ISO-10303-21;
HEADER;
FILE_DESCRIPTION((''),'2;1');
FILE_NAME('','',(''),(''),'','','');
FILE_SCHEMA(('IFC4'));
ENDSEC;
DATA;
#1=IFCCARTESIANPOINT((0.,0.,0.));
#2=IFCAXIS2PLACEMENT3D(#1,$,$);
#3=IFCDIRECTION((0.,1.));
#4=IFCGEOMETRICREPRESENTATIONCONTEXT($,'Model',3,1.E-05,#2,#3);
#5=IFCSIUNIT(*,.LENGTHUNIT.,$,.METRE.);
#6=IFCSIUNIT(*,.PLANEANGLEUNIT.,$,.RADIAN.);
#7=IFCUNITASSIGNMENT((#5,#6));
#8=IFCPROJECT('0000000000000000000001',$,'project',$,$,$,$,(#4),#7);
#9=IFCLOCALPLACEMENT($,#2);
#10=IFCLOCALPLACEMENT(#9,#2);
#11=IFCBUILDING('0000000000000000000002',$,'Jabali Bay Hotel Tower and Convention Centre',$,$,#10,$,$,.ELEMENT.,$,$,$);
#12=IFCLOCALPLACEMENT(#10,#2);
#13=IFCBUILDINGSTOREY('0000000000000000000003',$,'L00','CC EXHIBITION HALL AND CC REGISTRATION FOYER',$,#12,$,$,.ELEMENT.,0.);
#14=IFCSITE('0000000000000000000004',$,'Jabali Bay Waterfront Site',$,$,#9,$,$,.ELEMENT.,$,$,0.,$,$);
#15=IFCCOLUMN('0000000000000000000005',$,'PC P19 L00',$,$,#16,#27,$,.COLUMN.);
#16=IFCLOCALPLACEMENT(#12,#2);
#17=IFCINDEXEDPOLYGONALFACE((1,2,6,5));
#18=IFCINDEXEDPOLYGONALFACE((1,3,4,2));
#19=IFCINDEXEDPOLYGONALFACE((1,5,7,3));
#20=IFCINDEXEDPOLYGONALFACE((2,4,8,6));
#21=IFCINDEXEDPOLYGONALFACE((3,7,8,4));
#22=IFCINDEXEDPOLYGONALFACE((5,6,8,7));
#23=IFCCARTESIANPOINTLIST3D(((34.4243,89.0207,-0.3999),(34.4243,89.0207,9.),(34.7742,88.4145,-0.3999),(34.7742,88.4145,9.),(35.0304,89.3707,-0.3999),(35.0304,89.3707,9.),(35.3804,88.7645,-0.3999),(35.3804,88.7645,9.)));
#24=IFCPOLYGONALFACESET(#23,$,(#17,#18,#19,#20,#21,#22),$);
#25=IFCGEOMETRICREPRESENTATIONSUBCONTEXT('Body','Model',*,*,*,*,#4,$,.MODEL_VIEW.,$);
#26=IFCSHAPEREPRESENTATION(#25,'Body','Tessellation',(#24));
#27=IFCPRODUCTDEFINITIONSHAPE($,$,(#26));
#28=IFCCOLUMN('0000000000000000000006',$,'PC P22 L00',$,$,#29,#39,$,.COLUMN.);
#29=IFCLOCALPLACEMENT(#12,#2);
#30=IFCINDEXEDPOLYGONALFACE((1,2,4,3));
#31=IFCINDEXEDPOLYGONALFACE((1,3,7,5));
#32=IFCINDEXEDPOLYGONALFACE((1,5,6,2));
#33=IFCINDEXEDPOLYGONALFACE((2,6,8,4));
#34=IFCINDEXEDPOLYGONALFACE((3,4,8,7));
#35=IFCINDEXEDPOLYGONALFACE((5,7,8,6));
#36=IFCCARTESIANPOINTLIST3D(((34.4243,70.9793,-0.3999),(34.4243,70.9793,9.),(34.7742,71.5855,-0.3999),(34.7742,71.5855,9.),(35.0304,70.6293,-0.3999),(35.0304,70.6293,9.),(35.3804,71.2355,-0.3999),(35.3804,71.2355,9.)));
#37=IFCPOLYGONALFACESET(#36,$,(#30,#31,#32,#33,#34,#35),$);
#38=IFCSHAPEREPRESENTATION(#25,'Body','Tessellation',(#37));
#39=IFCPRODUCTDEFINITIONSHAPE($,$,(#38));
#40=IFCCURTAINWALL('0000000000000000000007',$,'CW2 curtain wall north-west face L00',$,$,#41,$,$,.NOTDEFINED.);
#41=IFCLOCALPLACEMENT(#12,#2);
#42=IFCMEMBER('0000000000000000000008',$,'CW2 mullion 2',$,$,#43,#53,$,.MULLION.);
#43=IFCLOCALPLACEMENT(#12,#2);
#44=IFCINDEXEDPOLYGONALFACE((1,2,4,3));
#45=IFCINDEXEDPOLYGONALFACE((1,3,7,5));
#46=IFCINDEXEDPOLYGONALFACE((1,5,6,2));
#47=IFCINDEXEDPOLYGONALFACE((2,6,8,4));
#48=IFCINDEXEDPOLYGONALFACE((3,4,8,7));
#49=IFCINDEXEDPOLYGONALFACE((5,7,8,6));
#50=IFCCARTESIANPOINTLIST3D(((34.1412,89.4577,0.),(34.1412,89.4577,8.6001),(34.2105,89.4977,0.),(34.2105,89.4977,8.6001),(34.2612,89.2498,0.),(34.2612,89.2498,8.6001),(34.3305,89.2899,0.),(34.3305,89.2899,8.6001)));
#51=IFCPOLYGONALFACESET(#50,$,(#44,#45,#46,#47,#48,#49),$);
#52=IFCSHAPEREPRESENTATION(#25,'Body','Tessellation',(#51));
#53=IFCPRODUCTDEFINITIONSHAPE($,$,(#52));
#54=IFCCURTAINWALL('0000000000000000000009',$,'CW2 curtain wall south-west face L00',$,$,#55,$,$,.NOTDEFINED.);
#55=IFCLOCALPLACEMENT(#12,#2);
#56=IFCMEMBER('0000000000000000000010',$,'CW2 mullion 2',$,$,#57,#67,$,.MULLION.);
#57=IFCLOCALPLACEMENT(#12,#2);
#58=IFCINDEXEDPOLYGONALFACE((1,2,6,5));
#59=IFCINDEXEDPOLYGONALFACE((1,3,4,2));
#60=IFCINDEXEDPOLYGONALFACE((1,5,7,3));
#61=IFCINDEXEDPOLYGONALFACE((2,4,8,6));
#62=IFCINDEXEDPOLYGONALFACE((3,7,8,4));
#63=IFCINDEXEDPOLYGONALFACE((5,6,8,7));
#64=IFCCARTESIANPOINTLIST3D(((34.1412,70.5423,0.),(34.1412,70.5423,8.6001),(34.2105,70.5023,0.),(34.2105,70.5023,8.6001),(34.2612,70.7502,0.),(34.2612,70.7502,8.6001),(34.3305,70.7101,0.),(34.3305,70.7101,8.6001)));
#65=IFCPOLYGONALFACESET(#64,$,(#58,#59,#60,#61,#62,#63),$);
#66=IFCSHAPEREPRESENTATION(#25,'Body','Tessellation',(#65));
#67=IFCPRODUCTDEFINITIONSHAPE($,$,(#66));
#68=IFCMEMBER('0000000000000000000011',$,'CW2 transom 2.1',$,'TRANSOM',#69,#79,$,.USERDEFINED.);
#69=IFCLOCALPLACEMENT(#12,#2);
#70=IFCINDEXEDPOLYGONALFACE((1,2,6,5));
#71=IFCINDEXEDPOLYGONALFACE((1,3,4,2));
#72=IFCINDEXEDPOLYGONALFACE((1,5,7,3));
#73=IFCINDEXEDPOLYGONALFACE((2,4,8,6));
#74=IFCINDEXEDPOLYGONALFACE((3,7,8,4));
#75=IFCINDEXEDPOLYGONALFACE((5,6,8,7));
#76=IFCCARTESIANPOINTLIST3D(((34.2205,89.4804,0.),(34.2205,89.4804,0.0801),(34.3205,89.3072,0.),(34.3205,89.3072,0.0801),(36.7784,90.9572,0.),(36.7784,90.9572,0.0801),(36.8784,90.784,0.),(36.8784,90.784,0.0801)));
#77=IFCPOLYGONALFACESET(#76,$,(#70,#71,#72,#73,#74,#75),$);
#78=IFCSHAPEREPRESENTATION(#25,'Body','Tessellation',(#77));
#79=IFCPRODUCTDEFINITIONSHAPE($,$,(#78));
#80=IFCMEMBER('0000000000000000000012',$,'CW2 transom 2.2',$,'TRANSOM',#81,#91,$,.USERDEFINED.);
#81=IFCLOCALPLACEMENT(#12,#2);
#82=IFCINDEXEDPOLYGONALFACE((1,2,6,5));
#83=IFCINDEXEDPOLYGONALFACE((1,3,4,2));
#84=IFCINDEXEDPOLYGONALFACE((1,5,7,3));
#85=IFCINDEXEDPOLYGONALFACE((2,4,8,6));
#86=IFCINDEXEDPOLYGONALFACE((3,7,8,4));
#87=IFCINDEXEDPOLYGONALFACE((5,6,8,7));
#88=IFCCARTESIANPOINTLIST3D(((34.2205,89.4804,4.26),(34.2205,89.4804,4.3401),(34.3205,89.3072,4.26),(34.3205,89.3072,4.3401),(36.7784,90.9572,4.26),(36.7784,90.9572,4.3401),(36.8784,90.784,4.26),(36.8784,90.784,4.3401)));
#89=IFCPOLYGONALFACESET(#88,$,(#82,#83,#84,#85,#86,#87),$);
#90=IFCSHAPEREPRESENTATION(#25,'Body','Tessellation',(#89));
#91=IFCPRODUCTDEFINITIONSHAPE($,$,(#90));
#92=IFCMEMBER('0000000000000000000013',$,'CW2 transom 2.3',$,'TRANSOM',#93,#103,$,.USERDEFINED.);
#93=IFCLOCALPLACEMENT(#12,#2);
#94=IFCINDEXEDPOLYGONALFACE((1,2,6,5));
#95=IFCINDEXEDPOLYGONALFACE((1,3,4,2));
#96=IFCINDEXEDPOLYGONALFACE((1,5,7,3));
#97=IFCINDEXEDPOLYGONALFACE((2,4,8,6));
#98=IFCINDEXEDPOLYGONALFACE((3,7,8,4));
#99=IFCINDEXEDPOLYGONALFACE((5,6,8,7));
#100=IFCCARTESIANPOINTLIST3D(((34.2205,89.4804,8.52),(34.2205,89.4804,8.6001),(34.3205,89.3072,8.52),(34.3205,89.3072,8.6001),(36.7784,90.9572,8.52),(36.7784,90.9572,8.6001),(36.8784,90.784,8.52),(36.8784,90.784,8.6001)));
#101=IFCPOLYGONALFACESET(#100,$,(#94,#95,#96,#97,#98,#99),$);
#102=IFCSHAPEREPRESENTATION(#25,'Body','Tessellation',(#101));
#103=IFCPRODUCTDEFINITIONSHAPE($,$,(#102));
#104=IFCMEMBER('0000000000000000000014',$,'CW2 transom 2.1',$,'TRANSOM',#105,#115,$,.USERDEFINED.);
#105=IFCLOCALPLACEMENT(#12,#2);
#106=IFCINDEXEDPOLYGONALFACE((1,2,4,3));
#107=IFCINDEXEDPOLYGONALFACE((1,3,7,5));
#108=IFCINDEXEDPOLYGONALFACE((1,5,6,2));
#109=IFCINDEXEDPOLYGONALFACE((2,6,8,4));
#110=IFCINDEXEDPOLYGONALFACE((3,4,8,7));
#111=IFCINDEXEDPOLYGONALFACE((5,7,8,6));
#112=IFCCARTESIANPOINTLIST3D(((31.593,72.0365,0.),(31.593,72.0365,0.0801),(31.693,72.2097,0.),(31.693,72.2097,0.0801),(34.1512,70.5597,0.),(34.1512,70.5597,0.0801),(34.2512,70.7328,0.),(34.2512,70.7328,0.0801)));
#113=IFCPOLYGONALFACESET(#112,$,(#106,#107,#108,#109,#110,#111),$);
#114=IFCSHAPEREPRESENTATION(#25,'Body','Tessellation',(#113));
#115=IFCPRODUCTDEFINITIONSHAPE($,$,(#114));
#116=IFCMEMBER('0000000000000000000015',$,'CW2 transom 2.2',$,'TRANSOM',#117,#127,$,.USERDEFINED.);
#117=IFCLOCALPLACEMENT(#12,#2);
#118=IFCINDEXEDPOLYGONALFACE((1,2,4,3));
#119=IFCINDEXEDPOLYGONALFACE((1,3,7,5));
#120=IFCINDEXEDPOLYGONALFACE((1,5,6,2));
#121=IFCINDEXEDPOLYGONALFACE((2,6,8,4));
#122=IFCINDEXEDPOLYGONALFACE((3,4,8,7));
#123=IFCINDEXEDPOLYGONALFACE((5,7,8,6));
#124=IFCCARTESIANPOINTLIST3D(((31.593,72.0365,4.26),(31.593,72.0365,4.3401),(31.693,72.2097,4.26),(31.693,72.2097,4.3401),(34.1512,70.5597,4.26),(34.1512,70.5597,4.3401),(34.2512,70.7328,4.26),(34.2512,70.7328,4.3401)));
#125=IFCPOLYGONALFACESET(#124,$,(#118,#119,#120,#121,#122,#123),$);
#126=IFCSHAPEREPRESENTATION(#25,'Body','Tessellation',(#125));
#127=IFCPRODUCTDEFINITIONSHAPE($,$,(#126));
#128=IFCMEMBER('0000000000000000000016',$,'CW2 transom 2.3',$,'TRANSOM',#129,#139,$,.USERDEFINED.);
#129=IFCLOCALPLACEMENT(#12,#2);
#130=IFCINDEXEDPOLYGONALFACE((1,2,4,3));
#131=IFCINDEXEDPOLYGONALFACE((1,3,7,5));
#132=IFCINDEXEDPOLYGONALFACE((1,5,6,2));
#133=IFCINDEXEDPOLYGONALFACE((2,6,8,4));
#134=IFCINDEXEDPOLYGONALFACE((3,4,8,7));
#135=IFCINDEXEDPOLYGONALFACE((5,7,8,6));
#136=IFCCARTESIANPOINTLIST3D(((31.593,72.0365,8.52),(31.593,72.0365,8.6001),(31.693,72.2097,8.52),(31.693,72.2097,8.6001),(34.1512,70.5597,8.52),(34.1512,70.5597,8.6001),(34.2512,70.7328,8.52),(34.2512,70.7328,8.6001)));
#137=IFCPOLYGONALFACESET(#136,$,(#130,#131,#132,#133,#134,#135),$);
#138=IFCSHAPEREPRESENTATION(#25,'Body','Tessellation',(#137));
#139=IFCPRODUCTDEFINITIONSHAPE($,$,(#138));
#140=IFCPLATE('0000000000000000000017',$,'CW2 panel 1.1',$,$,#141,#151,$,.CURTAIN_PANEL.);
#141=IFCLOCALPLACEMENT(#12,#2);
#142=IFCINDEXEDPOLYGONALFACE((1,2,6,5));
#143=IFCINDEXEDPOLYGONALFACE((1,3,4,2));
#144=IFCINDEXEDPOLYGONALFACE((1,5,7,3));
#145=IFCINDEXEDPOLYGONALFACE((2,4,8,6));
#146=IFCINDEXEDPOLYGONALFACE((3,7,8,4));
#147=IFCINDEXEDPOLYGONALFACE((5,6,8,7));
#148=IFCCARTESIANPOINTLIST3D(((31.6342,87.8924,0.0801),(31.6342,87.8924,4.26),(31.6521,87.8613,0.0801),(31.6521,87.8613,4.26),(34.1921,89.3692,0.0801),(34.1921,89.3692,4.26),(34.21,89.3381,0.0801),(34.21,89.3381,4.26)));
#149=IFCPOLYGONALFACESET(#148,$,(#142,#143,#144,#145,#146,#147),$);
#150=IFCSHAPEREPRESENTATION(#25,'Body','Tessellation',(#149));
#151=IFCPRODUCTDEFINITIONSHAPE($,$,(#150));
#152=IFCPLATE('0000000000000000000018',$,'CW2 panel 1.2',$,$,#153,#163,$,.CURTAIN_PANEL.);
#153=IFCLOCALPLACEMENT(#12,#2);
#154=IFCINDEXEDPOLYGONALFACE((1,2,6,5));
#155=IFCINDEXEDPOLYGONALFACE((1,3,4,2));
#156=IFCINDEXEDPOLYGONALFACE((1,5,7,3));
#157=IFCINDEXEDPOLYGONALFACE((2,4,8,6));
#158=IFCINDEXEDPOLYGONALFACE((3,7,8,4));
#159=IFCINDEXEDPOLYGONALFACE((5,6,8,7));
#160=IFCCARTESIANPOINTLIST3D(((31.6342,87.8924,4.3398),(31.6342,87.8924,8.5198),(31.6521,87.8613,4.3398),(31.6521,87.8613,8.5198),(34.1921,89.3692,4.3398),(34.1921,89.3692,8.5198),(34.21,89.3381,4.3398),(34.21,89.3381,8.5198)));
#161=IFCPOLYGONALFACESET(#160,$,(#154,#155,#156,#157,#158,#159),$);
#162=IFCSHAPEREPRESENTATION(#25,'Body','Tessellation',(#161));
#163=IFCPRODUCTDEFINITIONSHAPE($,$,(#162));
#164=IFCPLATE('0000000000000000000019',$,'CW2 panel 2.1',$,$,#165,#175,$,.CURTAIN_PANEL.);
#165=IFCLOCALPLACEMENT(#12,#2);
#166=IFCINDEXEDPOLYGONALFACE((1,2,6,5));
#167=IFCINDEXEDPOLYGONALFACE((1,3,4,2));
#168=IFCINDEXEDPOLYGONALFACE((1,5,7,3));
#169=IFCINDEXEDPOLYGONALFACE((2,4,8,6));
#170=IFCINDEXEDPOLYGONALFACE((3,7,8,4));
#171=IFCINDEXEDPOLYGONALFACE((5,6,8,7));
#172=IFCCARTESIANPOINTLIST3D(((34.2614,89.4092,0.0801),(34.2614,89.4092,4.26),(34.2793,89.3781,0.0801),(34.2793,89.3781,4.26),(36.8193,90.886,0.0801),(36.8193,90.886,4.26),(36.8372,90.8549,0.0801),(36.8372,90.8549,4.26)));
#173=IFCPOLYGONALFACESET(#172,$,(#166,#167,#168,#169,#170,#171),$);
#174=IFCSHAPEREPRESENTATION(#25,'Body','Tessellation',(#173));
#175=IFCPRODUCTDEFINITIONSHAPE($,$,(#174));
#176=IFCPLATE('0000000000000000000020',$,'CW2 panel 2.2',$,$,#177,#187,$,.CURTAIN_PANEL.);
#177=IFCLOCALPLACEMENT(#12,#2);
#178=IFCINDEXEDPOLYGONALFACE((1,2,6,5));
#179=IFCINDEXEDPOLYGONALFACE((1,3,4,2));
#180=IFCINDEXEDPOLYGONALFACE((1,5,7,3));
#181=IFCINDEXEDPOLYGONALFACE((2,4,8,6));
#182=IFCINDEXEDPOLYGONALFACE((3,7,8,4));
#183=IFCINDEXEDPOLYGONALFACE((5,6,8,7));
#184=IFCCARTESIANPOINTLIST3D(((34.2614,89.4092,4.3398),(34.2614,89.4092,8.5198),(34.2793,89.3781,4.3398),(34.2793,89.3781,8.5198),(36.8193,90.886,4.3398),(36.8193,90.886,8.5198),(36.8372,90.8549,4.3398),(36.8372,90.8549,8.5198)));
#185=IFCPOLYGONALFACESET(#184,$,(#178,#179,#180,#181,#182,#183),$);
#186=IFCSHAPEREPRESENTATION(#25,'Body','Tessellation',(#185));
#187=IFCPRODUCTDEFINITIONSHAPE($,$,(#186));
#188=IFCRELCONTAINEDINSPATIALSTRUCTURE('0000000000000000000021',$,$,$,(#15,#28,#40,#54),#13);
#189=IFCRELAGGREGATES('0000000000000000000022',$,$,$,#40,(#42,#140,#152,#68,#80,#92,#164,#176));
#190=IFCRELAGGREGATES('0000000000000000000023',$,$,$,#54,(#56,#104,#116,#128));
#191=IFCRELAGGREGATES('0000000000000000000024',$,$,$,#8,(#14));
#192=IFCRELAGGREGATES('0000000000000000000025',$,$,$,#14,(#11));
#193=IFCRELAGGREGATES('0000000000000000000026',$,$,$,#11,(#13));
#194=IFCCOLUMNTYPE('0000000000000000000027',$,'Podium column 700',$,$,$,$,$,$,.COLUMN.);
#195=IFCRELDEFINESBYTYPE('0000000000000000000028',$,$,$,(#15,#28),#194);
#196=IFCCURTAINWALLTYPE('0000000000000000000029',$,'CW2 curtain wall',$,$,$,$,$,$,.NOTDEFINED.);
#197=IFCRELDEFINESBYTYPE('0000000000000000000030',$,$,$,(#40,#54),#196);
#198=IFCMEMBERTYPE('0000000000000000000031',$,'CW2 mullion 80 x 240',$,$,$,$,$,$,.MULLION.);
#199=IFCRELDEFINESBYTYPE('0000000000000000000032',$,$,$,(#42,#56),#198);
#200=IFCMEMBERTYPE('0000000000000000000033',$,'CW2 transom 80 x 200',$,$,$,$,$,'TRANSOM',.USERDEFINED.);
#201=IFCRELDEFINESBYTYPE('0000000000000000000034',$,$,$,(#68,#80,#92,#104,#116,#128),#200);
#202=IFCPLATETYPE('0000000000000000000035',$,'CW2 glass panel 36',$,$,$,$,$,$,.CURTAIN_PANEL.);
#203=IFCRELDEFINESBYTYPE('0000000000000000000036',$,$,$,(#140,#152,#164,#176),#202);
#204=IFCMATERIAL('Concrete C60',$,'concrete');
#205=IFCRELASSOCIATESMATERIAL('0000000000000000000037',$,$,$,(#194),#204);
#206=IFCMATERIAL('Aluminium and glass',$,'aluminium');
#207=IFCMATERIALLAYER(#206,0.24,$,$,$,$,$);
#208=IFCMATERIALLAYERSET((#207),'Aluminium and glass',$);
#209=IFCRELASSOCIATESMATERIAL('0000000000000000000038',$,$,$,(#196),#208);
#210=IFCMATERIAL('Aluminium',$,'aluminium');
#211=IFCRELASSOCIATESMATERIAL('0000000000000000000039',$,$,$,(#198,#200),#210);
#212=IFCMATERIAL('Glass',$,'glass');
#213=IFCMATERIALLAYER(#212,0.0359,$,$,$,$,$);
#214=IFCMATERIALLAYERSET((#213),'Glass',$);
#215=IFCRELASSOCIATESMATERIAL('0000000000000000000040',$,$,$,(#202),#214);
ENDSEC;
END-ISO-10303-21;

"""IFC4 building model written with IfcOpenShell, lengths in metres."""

from ifc_helpers import new_model, si_unit, direction, frame, origin, origin_2d, place, context, subcontext, project, spatial, rectangle, extrude, material, layer, layer_set, material_profile, profile_set, type_object, element, aggregate, save


model = new_model("IFC4")

# Units and contexts
model_context = context("Model", 3, precision=1e-05, world=origin(), true_north=direction((0.0, 1.0)))
body_context = subcontext(model_context, "Body", "Model", "MODEL_VIEW")
ifc_project = project(units=[si_unit("LENGTHUNIT", "METRE"), si_unit("PLANEANGLEUNIT", "RADIAN")], contexts=[model_context])

# Site, building, storey
site_placement = place(None, origin())
site = spatial("IfcSite", under=ifc_project, at=site_placement, Name="Jabali Bay Waterfront Site", CompositionType="ELEMENT", RefElevation=0.0)
building_placement = place(site_placement, origin())
building = spatial("IfcBuilding", under=site, at=building_placement, Name="Jabali Bay Hotel Tower and Convention Centre", CompositionType="ELEMENT")
storey_placement = place(building_placement, origin())
storey = spatial("IfcBuildingStorey", under=building, at=storey_placement, Name="L00", Description="CC EXHIBITION HALL AND CC REGISTRATION FOYER", CompositionType="ELEMENT", Elevation=0.0)

# Columns
ifc_material_1 = material(Name="Concrete C60", Category="concrete")
ifc_material_profile_1 = material_profile(ifc_material_1, rectangle(XDim=0.7, YDim=0.7, at=origin_2d()), Name="Podium column 700")
ifc_profile_set_1 = profile_set([ifc_material_profile_1], Name="Concrete C60")
column_type_1 = type_object("IfcColumnType", Name="Podium column 700", PredefinedType="COLUMN", material=ifc_profile_set_1)
for number, where, z_axis, x_axis, name in (
    (1, (34.9023, 88.8926, -0.3999), (0.0, 0.0, 1.0), (0.866025, 0.5, 0.0), "PC P19 L00"),
    (2, (34.9023, 71.1074, -0.3999), (0.0, 0.0, 1.0), (0.5, 0.866025, 0.0), "PC P22 L00"),
):
    element("IfcColumn", number, at=place(storey_placement, frame(where, z_axis=z_axis, x_axis=x_axis)), inside=storey, type_object=column_type_1, Name=name, PredefinedType="COLUMN", context=body_context, shape_type="SweptSolid", body=[
        extrude(rectangle(XDim=0.7, YDim=0.7, at=origin_2d()), origin(), (0.0, 0.0, 1.0), 9.3999),
    ])

# Curtain walls, members
ifc_material_2 = material(Name="Aluminium and glass", Category="aluminium")
ifc_layer_1 = layer(ifc_material_2, 0.24)
ifc_layer_set_1 = layer_set([ifc_layer_1], Name="Aluminium and glass")
curtain_wall_type = type_object("IfcCurtainWallType", Name="CW2 curtain wall", PredefinedType="NOTDEFINED", material=ifc_layer_set_1)
curtain_wall_1_placement = place(storey_placement, origin())
curtain_wall_1 = element("IfcCurtainWall", 3, at=curtain_wall_1_placement, inside=storey, type_object=curtain_wall_type, Name="CW2 curtain wall north-west face L00", PredefinedType="NOTDEFINED")
ifc_material_3 = material(Name="Aluminium", Category="aluminium")
ifc_material_profile_2 = material_profile(ifc_material_3, rectangle(XDim=0.24, YDim=0.0801, at=origin_2d()), Name="CW2 mullion 80 x 240")
ifc_profile_set_2 = profile_set([ifc_material_profile_2], Name="Aluminium")
member_type_1 = type_object("IfcMemberType", Name="CW2 mullion 80 x 240", PredefinedType="MULLION", material=ifc_profile_set_2)
member_1_placement = place(storey_placement, frame((34.2358, 89.3738, 0.0), z_axis=(0.0, 0.0, 1.0), x_axis=(-0.5, 0.866025, 0.0)))
member_1 = element("IfcMember", 4, at=member_1_placement, type_object=member_type_1, Name="CW2 mullion 2", PredefinedType="MULLION", context=body_context, shape_type="SweptSolid", body=[
    extrude(rectangle(XDim=0.24, YDim=0.0801, at=origin_2d()), origin(), (0.0, 0.0, 1.0), 8.6001),
])
curtain_wall_2_placement = place(storey_placement, origin())
curtain_wall_2 = element("IfcCurtainWall", 5, at=curtain_wall_2_placement, inside=storey, type_object=curtain_wall_type, Name="CW2 curtain wall south-west face L00", PredefinedType="NOTDEFINED")
member_2_placement = place(storey_placement, frame((34.2358, 70.6262, 0.0), z_axis=(0.0, 0.0, 1.0), x_axis=(-0.5, -0.866025, 0.0)))
member_2 = element("IfcMember", 6, at=member_2_placement, type_object=member_type_1, Name="CW2 mullion 2", PredefinedType="MULLION", context=body_context, shape_type="SweptSolid", body=[
    extrude(rectangle(XDim=0.24, YDim=0.0801, at=origin_2d()), origin(), (0.0, 0.0, 1.0), 8.6001),
])

# Members
ifc_material_profile_3 = material_profile(ifc_material_3, rectangle(XDim=0.2, YDim=0.0801, at=origin_2d()), Name="CW2 transom 80 x 200")
ifc_profile_set_3 = profile_set([ifc_material_profile_3], Name="Aluminium")
member_type_2 = type_object("IfcMemberType", Name="CW2 transom 80 x 200", ElementType="TRANSOM", PredefinedType="USERDEFINED", material=ifc_profile_set_3)
member_3_placement = place(storey_placement, frame((34.2705, 89.3938, 0.04), z_axis=(0.866022, 0.500006, 0.0), x_axis=(-0.500006, 0.866022, 0.0)))
member_3 = element("IfcMember", 7, at=member_3_placement, type_object=member_type_2, Name="CW2 transom 2.1", ObjectType="TRANSOM", PredefinedType="USERDEFINED", context=body_context, shape_type="SweptSolid", body=[
    extrude(rectangle(XDim=0.2, YDim=0.0801, at=origin_2d()), origin(), (0.0, 0.0, 1.0), 2.9536),
])
member_4_placement = place(storey_placement, frame((34.2705, 89.3938, 4.3), z_axis=(0.866022, 0.500006, 0.0), x_axis=(-0.500006, 0.866022, 0.0)))
member_4 = element("IfcMember", 8, at=member_4_placement, type_object=member_type_2, Name="CW2 transom 2.2", ObjectType="TRANSOM", PredefinedType="USERDEFINED", context=body_context, shape_type="SweptSolid", body=[
    extrude(rectangle(XDim=0.2, YDim=0.0801, at=origin_2d()), origin(), (0.0, 0.0, 1.0), 2.9536),
])
member_5_placement = place(storey_placement, frame((34.2705, 89.3938, 8.5601), z_axis=(0.866022, 0.500006, 0.0), x_axis=(-0.500006, 0.866022, 0.0)))
member_5 = element("IfcMember", 9, at=member_5_placement, type_object=member_type_2, Name="CW2 transom 2.3", ObjectType="TRANSOM", PredefinedType="USERDEFINED", context=body_context, shape_type="SweptSolid", body=[
    extrude(rectangle(XDim=0.2, YDim=0.0801, at=origin_2d()), origin(), (0.0, 0.0, 1.0), 2.9536),
])
member_6_placement = place(storey_placement, frame((34.2012, 70.6462, 0.04), z_axis=(-0.866042, 0.49997, 0.0), x_axis=(-0.49997, -0.866042, 0.0)))
member_6 = element("IfcMember", 10, at=member_6_placement, type_object=member_type_2, Name="CW2 transom 2.1", ObjectType="TRANSOM", PredefinedType="USERDEFINED", context=body_context, shape_type="SweptSolid", body=[
    extrude(rectangle(XDim=0.2, YDim=0.0801, at=origin_2d()), origin(), (0.0, 0.0, 1.0), 2.9539),
])
member_7_placement = place(storey_placement, frame((34.2012, 70.6462, 4.3), z_axis=(-0.866042, 0.49997, 0.0), x_axis=(-0.49997, -0.866042, 0.0)))
member_7 = element("IfcMember", 11, at=member_7_placement, type_object=member_type_2, Name="CW2 transom 2.2", ObjectType="TRANSOM", PredefinedType="USERDEFINED", context=body_context, shape_type="SweptSolid", body=[
    extrude(rectangle(XDim=0.2, YDim=0.0801, at=origin_2d()), origin(), (0.0, 0.0, 1.0), 2.9539),
])
member_8_placement = place(storey_placement, frame((34.2012, 70.6462, 8.5601), z_axis=(-0.866042, 0.49997, 0.0), x_axis=(-0.49997, -0.866042, 0.0)))
member_8 = element("IfcMember", 12, at=member_8_placement, type_object=member_type_2, Name="CW2 transom 2.3", ObjectType="TRANSOM", PredefinedType="USERDEFINED", context=body_context, shape_type="SweptSolid", body=[
    extrude(rectangle(XDim=0.2, YDim=0.0801, at=origin_2d()), origin(), (0.0, 0.0, 1.0), 2.9539),
])

# Plates
ifc_material_4 = material(Name="Glass", Category="glass")
ifc_layer_2 = layer(ifc_material_4, 0.0359)
ifc_layer_set_2 = layer_set([ifc_layer_2], Name="Glass")
plate_type = type_object("IfcPlateType", Name="CW2 glass panel 36", PredefinedType="CURTAIN_PANEL", material=ifc_layer_set_2)
plate_1_placement = place(storey_placement, frame((32.9221, 88.6152, 0.0801), z_axis=(0.0, 0.0, 1.0), x_axis=(0.866025, 0.5, 0.0)))
plate_1 = element("IfcPlate", 13, at=plate_1_placement, type_object=plate_type, Name="CW2 panel 1.1", PredefinedType="CURTAIN_PANEL", context=body_context, shape_type="SweptSolid", body=[
    extrude(rectangle(XDim=2.9536, YDim=0.0359, at=origin_2d()), origin(), (0.0, 0.0, 1.0), 4.1799),
])
plate_2_placement = place(storey_placement, frame((32.9221, 88.6152, 4.3398), z_axis=(0.0, 0.0, 1.0), x_axis=(0.866025, 0.5, 0.0)))
plate_2 = element("IfcPlate", 14, at=plate_2_placement, type_object=plate_type, Name="CW2 panel 1.2", PredefinedType="CURTAIN_PANEL", context=body_context, shape_type="SweptSolid", body=[
    extrude(rectangle(XDim=2.9536, YDim=0.0359, at=origin_2d()), origin(), (0.0, 0.0, 1.0), 4.1799),
])
plate_3_placement = place(storey_placement, frame((35.5493, 90.1321, 0.0801), z_axis=(0.0, 0.0, 1.0), x_axis=(0.866025, 0.5, 0.0)))
plate_3 = element("IfcPlate", 15, at=plate_3_placement, type_object=plate_type, Name="CW2 panel 2.1", PredefinedType="CURTAIN_PANEL", context=body_context, shape_type="SweptSolid", body=[
    extrude(rectangle(XDim=2.9536, YDim=0.0359, at=origin_2d()), origin(), (0.0, 0.0, 1.0), 4.1799),
])
plate_4_placement = place(storey_placement, frame((35.5493, 90.1321, 4.3398), z_axis=(0.0, 0.0, 1.0), x_axis=(0.866025, 0.5, 0.0)))
plate_4 = element("IfcPlate", 16, at=plate_4_placement, type_object=plate_type, Name="CW2 panel 2.2", PredefinedType="CURTAIN_PANEL", context=body_context, shape_type="SweptSolid", body=[
    extrude(rectangle(XDim=2.9536, YDim=0.0359, at=origin_2d()), origin(), (0.0, 0.0, 1.0), 4.1799),
])
aggregate(curtain_wall_1, [member_1, plate_1, plate_2, member_3, member_4, member_5, plate_3, plate_4])
aggregate(curtain_wall_2, [member_2, member_6, member_7, member_8])

save(model, "model.ifc")
